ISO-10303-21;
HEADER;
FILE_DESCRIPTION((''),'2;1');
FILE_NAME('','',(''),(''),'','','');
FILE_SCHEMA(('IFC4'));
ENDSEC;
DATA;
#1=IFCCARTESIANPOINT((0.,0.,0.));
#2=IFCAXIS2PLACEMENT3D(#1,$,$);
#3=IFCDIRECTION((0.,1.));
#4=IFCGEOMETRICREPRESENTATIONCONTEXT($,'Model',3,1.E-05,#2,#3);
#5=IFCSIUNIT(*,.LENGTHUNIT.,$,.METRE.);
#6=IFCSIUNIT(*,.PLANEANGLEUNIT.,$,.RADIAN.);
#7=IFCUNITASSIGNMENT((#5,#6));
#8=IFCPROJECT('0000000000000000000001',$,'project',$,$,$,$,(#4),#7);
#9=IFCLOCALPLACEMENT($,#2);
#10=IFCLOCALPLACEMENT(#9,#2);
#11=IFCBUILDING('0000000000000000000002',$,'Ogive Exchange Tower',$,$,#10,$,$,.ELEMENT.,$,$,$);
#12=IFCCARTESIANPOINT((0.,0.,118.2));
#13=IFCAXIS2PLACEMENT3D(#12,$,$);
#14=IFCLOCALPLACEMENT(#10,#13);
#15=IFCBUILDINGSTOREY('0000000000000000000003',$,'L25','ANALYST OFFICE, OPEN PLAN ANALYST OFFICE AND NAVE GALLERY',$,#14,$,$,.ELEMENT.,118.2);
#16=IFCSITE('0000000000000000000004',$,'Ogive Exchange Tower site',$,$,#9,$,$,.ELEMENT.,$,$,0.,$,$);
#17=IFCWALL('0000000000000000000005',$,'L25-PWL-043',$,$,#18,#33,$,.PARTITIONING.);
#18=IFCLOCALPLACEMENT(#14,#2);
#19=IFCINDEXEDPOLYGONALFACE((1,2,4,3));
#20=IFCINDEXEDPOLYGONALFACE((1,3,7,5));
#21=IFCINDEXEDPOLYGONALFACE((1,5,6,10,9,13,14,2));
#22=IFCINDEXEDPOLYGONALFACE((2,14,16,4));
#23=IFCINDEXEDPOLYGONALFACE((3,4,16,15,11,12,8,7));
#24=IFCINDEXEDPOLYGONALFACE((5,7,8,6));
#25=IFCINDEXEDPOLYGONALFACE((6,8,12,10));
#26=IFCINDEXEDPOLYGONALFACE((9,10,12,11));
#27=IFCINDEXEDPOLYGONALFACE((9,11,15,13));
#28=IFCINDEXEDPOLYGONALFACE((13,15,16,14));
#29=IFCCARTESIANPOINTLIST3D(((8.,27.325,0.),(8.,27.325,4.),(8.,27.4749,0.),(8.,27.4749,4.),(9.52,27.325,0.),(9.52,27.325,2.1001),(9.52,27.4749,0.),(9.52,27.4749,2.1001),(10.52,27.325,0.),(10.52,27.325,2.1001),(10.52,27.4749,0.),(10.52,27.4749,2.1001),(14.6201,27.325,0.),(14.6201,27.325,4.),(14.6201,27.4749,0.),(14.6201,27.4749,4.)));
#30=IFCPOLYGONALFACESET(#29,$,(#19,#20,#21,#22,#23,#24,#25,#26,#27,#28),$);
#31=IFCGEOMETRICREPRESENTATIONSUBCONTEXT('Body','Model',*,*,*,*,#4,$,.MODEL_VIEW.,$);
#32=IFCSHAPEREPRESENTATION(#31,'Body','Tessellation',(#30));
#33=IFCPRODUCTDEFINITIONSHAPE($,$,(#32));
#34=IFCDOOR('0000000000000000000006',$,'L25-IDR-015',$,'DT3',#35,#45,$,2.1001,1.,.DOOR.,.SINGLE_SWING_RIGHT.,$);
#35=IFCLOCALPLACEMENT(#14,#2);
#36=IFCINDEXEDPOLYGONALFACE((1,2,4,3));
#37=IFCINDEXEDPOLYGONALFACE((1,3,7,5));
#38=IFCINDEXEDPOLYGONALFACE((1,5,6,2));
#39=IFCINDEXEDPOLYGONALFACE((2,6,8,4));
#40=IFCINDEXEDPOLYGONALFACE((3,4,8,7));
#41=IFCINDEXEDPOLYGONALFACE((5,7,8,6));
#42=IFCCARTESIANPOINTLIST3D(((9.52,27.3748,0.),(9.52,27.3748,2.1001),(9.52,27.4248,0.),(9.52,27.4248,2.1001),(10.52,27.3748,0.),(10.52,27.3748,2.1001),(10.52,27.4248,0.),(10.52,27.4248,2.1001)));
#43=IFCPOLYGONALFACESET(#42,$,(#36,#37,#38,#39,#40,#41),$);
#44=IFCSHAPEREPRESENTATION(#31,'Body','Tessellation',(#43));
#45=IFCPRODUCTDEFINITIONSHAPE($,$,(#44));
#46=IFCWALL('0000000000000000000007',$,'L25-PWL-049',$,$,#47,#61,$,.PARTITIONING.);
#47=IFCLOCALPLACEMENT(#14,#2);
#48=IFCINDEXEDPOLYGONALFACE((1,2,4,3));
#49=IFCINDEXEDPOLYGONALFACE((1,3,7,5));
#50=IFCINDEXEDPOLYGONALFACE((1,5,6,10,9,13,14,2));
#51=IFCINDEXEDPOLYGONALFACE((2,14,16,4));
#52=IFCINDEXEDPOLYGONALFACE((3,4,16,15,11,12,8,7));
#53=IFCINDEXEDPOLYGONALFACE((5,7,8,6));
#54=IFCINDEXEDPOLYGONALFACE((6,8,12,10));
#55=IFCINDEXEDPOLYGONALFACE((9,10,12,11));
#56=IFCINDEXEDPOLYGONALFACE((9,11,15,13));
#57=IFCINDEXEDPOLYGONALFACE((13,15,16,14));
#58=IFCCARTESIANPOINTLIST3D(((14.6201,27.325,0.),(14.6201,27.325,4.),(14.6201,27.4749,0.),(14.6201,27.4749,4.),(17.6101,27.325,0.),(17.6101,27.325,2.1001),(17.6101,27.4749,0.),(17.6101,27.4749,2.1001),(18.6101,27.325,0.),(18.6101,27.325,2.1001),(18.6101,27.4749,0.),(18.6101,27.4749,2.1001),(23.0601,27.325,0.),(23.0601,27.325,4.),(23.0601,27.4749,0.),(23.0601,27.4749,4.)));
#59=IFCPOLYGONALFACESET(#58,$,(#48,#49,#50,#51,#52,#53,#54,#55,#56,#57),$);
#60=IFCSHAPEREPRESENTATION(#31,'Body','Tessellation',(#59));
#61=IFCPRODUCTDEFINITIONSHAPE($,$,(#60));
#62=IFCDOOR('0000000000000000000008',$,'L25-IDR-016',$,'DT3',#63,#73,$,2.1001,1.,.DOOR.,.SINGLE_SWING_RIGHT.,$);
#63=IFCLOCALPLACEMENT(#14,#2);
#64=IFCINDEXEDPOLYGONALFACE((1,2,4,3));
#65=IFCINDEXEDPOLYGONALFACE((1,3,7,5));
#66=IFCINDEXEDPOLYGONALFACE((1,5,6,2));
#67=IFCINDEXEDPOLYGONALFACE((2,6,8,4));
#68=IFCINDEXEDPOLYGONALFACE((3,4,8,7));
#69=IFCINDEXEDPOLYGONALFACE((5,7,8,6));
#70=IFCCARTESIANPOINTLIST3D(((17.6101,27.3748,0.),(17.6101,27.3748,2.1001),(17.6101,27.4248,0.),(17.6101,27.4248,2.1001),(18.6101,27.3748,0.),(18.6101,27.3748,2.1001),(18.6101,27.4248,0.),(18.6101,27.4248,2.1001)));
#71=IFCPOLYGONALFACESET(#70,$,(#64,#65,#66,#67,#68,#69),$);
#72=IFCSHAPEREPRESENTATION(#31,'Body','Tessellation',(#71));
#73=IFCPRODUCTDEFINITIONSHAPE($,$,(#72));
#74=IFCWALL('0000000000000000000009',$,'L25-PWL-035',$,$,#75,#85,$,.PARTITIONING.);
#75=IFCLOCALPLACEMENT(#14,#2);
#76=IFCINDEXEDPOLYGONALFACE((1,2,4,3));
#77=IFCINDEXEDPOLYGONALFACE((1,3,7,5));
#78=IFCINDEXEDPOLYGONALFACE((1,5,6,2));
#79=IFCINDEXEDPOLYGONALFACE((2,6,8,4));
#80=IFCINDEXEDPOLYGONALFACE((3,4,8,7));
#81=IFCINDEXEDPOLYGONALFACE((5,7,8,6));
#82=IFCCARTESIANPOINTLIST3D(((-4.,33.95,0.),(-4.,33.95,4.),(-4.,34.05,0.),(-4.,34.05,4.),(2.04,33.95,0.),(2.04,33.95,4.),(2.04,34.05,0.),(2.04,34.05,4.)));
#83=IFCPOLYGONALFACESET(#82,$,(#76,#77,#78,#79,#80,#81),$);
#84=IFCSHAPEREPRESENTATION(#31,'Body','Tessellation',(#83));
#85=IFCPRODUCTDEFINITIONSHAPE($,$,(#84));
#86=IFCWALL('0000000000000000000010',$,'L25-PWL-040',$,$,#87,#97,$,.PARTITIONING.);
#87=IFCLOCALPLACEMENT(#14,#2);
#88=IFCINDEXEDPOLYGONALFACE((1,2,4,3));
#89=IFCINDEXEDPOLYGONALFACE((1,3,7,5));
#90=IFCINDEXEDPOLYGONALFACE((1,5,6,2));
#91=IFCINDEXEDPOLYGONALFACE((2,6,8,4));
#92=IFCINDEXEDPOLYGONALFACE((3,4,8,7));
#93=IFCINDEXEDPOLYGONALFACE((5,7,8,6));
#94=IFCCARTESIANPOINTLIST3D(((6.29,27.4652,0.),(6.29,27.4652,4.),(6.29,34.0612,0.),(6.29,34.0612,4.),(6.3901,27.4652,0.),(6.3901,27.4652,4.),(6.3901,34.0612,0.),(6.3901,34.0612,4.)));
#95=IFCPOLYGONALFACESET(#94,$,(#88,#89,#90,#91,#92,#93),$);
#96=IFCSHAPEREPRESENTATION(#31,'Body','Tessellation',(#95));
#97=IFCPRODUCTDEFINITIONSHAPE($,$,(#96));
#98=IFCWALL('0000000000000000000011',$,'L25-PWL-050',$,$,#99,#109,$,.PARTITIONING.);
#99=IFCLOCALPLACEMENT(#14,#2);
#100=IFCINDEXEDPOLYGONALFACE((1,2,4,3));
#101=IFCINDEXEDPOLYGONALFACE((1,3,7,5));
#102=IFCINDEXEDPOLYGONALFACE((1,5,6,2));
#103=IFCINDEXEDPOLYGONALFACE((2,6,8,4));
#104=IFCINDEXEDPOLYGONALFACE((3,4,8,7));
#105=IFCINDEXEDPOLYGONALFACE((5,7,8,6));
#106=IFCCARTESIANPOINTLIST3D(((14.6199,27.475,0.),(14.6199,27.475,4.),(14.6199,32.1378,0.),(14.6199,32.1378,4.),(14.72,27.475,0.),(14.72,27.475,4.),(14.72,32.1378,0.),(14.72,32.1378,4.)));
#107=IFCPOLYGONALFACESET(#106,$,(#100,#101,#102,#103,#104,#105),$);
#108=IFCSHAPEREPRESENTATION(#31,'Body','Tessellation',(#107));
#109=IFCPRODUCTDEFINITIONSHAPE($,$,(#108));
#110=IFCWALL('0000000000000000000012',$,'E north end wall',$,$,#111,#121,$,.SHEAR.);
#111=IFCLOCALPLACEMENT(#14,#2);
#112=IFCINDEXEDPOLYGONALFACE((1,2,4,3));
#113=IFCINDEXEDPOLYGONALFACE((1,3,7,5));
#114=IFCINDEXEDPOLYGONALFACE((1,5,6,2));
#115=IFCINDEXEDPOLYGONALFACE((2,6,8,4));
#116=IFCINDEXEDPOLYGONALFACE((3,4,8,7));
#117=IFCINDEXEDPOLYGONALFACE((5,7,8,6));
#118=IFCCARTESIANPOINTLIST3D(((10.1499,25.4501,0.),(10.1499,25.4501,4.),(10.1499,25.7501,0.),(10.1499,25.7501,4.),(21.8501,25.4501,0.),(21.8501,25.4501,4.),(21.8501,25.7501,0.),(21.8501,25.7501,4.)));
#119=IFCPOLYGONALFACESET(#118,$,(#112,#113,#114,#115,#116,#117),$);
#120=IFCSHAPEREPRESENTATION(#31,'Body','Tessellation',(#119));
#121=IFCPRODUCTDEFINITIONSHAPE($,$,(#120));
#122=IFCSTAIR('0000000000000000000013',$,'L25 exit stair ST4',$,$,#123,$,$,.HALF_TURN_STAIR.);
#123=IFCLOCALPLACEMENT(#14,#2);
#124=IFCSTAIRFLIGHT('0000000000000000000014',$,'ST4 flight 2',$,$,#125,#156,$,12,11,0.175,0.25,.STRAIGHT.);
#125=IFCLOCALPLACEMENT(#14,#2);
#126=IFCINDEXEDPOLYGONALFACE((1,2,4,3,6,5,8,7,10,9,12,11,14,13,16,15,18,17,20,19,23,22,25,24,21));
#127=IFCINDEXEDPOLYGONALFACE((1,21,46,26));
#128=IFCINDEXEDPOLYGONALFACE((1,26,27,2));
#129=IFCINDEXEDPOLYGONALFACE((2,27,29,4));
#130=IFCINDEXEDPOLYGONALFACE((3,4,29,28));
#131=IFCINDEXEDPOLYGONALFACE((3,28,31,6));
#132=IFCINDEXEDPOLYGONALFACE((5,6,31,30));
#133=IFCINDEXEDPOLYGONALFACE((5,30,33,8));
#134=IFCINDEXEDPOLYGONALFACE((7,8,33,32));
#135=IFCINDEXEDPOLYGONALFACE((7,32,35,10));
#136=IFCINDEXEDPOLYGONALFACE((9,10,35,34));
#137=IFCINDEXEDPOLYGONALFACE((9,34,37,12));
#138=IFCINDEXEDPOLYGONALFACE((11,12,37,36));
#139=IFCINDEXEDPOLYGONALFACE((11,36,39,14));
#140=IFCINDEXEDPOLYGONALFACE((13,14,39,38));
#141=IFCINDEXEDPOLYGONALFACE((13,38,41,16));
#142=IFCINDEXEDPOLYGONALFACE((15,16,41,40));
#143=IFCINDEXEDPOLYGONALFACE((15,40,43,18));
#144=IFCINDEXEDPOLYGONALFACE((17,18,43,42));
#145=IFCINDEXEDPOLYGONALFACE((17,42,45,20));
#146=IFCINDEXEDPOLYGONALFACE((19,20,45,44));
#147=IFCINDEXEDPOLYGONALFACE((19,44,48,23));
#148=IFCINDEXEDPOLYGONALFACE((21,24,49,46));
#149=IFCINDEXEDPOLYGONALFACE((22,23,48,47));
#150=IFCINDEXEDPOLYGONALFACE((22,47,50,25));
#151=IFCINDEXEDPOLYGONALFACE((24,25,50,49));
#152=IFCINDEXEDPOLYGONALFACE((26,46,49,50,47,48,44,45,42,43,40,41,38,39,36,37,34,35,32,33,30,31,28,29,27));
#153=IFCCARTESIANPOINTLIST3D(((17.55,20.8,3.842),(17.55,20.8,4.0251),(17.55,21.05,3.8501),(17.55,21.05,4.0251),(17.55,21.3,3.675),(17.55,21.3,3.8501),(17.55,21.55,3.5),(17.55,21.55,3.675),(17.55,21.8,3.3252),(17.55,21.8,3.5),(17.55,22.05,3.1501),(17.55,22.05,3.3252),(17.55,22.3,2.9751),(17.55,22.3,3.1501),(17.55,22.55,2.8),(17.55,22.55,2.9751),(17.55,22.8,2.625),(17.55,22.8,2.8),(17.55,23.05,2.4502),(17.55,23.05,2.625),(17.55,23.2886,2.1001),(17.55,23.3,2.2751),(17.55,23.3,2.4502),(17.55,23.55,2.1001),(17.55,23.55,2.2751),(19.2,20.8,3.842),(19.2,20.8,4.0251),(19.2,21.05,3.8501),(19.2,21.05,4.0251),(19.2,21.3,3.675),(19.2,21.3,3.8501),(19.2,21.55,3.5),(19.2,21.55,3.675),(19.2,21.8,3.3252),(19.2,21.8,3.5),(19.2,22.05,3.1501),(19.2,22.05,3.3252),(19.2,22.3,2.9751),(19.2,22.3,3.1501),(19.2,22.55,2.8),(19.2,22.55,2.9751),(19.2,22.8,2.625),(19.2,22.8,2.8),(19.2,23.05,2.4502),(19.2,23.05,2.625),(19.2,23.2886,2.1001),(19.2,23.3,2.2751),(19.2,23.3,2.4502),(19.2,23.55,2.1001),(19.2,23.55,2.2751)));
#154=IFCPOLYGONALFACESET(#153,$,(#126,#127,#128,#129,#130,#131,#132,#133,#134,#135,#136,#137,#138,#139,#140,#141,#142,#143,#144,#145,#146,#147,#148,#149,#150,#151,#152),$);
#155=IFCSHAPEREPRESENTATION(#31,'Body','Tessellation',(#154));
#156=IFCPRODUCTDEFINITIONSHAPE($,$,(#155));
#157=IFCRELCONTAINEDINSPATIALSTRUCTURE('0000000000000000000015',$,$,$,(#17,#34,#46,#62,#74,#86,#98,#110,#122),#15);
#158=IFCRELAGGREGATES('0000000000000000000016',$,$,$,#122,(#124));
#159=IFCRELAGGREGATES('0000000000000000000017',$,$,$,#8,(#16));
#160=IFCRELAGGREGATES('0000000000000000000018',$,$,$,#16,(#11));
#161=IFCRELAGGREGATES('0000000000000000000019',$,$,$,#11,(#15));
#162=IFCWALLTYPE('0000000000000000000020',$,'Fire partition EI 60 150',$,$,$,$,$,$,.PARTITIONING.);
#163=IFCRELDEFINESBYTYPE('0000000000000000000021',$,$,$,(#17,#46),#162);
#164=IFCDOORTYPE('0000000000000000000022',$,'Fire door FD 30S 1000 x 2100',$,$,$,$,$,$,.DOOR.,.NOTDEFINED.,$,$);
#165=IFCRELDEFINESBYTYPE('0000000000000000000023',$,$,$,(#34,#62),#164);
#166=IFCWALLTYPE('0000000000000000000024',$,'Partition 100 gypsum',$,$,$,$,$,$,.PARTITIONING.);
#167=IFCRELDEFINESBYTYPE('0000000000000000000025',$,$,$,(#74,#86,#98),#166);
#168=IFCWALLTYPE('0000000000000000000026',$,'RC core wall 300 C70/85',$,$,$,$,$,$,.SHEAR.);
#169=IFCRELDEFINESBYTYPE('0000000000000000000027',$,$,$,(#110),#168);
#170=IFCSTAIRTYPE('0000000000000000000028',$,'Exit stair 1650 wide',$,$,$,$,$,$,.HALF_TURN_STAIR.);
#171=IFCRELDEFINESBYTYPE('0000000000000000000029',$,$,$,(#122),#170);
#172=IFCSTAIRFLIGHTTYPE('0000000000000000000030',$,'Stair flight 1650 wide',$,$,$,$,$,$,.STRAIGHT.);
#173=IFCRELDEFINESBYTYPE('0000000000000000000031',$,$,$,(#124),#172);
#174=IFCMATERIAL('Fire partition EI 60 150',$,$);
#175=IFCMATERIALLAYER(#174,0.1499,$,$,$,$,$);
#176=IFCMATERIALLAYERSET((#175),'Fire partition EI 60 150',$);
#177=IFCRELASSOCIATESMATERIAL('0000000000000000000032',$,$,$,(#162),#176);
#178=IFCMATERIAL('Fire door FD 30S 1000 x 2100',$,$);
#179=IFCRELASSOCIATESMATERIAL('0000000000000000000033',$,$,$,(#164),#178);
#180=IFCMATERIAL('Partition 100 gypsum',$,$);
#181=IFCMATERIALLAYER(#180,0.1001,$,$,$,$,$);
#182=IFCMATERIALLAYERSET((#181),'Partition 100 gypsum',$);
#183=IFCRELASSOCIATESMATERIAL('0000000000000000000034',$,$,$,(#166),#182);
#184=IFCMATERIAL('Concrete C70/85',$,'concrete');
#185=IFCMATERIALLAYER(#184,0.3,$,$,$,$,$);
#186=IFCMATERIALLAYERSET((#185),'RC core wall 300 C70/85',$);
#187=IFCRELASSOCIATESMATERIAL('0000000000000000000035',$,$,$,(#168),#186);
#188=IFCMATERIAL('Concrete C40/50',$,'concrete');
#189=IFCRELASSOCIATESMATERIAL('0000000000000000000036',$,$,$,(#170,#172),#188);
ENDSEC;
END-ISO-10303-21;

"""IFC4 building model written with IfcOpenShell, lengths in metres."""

from ifc_helpers import new_model, si_unit, direction, frame, frame_2d, origin, place, context, subcontext, project, spatial, polyline, rectangle, outline, extrude, material, layer, layer_set, type_object, element, fill, aggregate, save


model = new_model("IFC4")

# Units and contexts
model_context = context("Model", 3, precision=1e-05, world=origin(), true_north=direction((0.0, 1.0)))
body_context = subcontext(model_context, "Body", "Model", "MODEL_VIEW")
ifc_project = project(units=[si_unit("LENGTHUNIT", "METRE"), si_unit("PLANEANGLEUNIT", "RADIAN")], contexts=[model_context])

# Site, building, storey
site_placement = place(None, origin())
site = spatial("IfcSite", under=ifc_project, at=site_placement, Name="Ogive Exchange Tower site", CompositionType="ELEMENT", RefElevation=0.0)
building_placement = place(site_placement, origin())
building = spatial("IfcBuilding", under=site, at=building_placement, Name="Ogive Exchange Tower", CompositionType="ELEMENT")
storey_placement = place(building_placement, frame((0.0, 0.0, 118.2)))
storey = spatial("IfcBuildingStorey", under=building, at=storey_placement, Name="L25", Description="ANALYST OFFICE, OPEN PLAN ANALYST OFFICE AND NAVE GALLERY", CompositionType="ELEMENT", Elevation=118.2)

# Shared definitions
ifc_material_1 = material(Name="Fire partition EI 60 150")
ifc_layer_1 = layer(ifc_material_1, 0.1499)
ifc_layer_set_1 = layer_set([ifc_layer_1], Name="Fire partition EI 60 150")
wall_type_1 = type_object("IfcWallType", Name="Fire partition EI 60 150", PredefinedType="PARTITIONING", material=ifc_layer_set_1)

# Walls, openings, doors
wall_1_placement = place(storey_placement, frame((8.0, 27.3999, 0.0), z_axis=(0.0, 0.0, 1.0), x_axis=(1.0, 0.0, 0.0)))
wall_1 = element("IfcWall", 1, at=wall_1_placement, inside=storey, type_object=wall_type_1, Name="L25-PWL-043", PredefinedType="PARTITIONING", context=body_context, shape_type="SweptSolid", body=[
    extrude(rectangle(XDim=6.6201, YDim=0.1499, at=frame_2d((3.3101, 0.0))), origin(), (0.0, 0.0, 1.0), 4.0),
])
opening_1_placement = place(wall_1_placement, frame((1.52, 0.0, 0.0)))
opening_1 = element("IfcOpeningElement", 2, at=opening_1_placement, cuts=wall_1, PredefinedType="OPENING", context=body_context, shape_type="SweptSolid", body=[
    extrude(rectangle(XDim=1.0, YDim=2.1001, at=frame_2d((0.5, 1.05))), frame((0.0, 0.085, 0.0), z_axis=(0.0, -1.0, 0.0), x_axis=(1.0, 0.0, 0.0)), (0.0, 0.0, 1.0), 0.1699),
])
ifc_material_2 = material(Name="Fire door FD 30S 1000 x 2100")
door_type = type_object("IfcDoorType", Name="Fire door FD 30S 1000 x 2100", OperationType="NOTDEFINED", PredefinedType="DOOR", material=ifc_material_2)
door_1_placement = place(opening_1_placement, origin())
door_1 = element("IfcDoor", 3, at=door_1_placement, inside=storey, type_object=door_type, Name="L25-IDR-015", ObjectType="DT3", OperationType="SINGLE_SWING_RIGHT", OverallHeight=2.1001, OverallWidth=1.0, PredefinedType="DOOR", context=body_context, shape_type="SweptSolid", body=[
    extrude(rectangle(XDim=1.0, YDim=2.1001, at=frame_2d((0.5, 1.05))), frame((0.0, 0.0249, 0.0), z_axis=(0.0, -1.0, 0.0), x_axis=(1.0, 0.0, 0.0)), (0.0, 0.0, 1.0), 0.05),
])
fill(opening_1, door_1)
wall_2_placement = place(storey_placement, frame((14.6201, 27.3999, 0.0), z_axis=(0.0, 0.0, 1.0), x_axis=(1.0, 0.0, 0.0)))
wall_2 = element("IfcWall", 4, at=wall_2_placement, inside=storey, type_object=wall_type_1, Name="L25-PWL-049", PredefinedType="PARTITIONING", context=body_context, shape_type="SweptSolid", body=[
    extrude(rectangle(XDim=8.4399, YDim=0.1499, at=frame_2d((4.22, 0.0))), origin(), (0.0, 0.0, 1.0), 4.0),
])
opening_2_placement = place(wall_2_placement, frame((2.99, 0.0, 0.0)))
opening_2 = element("IfcOpeningElement", 5, at=opening_2_placement, cuts=wall_2, PredefinedType="OPENING", context=body_context, shape_type="SweptSolid", body=[
    extrude(rectangle(XDim=1.0, YDim=2.1001, at=frame_2d((0.5, 1.05))), frame((0.0, 0.085, 0.0), z_axis=(0.0, -1.0, 0.0), x_axis=(1.0, 0.0, 0.0)), (0.0, 0.0, 1.0), 0.1699),
])
door_2_placement = place(opening_2_placement, origin())
door_2 = element("IfcDoor", 6, at=door_2_placement, inside=storey, type_object=door_type, Name="L25-IDR-016", ObjectType="DT3", OperationType="SINGLE_SWING_RIGHT", OverallHeight=2.1001, OverallWidth=1.0, PredefinedType="DOOR", context=body_context, shape_type="SweptSolid", body=[
    extrude(rectangle(XDim=1.0, YDim=2.1001, at=frame_2d((0.5, 1.05))), frame((0.0, 0.0249, 0.0), z_axis=(0.0, -1.0, 0.0), x_axis=(1.0, 0.0, 0.0)), (0.0, 0.0, 1.0), 0.05),
])
fill(opening_2, door_2)

# Walls
ifc_material_3 = material(Name="Partition 100 gypsum")
ifc_layer_2 = layer(ifc_material_3, 0.1001)
ifc_layer_set_2 = layer_set([ifc_layer_2], Name="Partition 100 gypsum")
wall_type_2 = type_object("IfcWallType", Name="Partition 100 gypsum", PredefinedType="PARTITIONING", material=ifc_layer_set_2)
wall_3_placement = place(storey_placement, frame((2.04, 34.0, 0.0), z_axis=(0.0, 0.0, 1.0), x_axis=(-1.0, 0.0, 0.0)))
element("IfcWall", 7, at=wall_3_placement, inside=storey, type_object=wall_type_2, Name="L25-PWL-035", PredefinedType="PARTITIONING", context=body_context, shape_type="SweptSolid", body=[
    extrude(rectangle(XDim=6.04, YDim=0.1001, at=frame_2d((3.02, 0.0))), origin(), (0.0, 0.0, 1.0), 4.0),
])
wall_4_placement = place(storey_placement, frame((6.3401, 34.061, 0.0), z_axis=(0.0, 0.0, 1.0), x_axis=(0.0, -1.0, 0.0)))
element("IfcWall", 8, at=wall_4_placement, inside=storey, type_object=wall_type_2, Name="L25-PWL-040", PredefinedType="PARTITIONING", context=body_context, shape_type="SweptSolid", body=[
    extrude(rectangle(XDim=6.5959, YDim=0.1001, at=frame_2d((3.2979, 0.0))), origin(), (0.0, 0.0, 1.0), 4.0),
])
wall_5_placement = place(storey_placement, frame((14.6699, 32.1379, 0.0), z_axis=(0.0, 0.0, 1.0), x_axis=(0.0, -1.0, 0.0)))
element("IfcWall", 9, at=wall_5_placement, inside=storey, type_object=wall_type_2, Name="L25-PWL-050", PredefinedType="PARTITIONING", context=body_context, shape_type="SweptSolid", body=[
    extrude(rectangle(XDim=4.6628, YDim=0.1001, at=frame_2d((2.3315, 0.0))), origin(), (0.0, 0.0, 1.0), 4.0),
])
ifc_material_4 = material(Name="Concrete C70/85", Category="concrete")
ifc_layer_3 = layer(ifc_material_4, 0.3)
ifc_layer_set_3 = layer_set([ifc_layer_3], Name="RC core wall 300 C70/85")
wall_type_3 = type_object("IfcWallType", Name="RC core wall 300 C70/85", PredefinedType="SHEAR", material=ifc_layer_set_3)
wall_6_placement = place(storey_placement, frame((10.1499, 25.6001, 0.0), z_axis=(0.0, 0.0, 1.0), x_axis=(1.0, 0.0, 0.0)))
element("IfcWall", 10, at=wall_6_placement, inside=storey, type_object=wall_type_3, Name="E north end wall", PredefinedType="SHEAR", context=body_context, shape_type="SweptSolid", body=[
    extrude(rectangle(XDim=11.7002, YDim=0.3, at=frame_2d((5.8501, 0.0))), origin(), (0.0, 0.0, 1.0), 4.0),
])

# Stair, stair flight
ifc_material_5 = material(Name="Concrete C40/50", Category="concrete")
stair_type = type_object("IfcStairType", Name="Exit stair 1650 wide", PredefinedType="HALF_TURN_STAIR", material=ifc_material_5)
stair_placement = place(storey_placement, origin())
stair = element("IfcStair", 11, at=stair_placement, inside=storey, type_object=stair_type, Name="L25 exit stair ST4", PredefinedType="HALF_TURN_STAIR")
stair_flight_type = type_object("IfcStairFlightType", Name="Stair flight 1650 wide", PredefinedType="STRAIGHT", material=ifc_material_5)
stair_flight_placement = place(storey_placement, frame((18.375, 23.55, 2.1001), z_axis=(0.0, 0.0, 1.0), x_axis=(0.0, -1.0, 0.0)))
stair_flight = element("IfcStairFlight", 12, at=stair_flight_placement, type_object=stair_flight_type, Name="ST4 flight 2", NumberOfRisers=12, NumberOfTreads=11, PredefinedType="STRAIGHT", RiserHeight=0.175, TreadLength=0.25, context=body_context, shape_type="SweptSolid", body=[
    extrude(outline(polyline([(0.0, 0.0), (0.0, 0.175), (0.25, 0.175), (0.25, 0.3501), (0.5, 0.3501), (0.5, 0.5249), (0.75, 0.5249), (0.75, 0.7), (1.0, 0.7), (1.0, 0.875), (1.25, 0.875), (1.25, 1.05), (1.5, 1.05), (1.5, 1.2251), (1.75, 1.2251), (1.75, 1.3999), (2.0, 1.3999), (2.0, 1.575), (2.25, 1.575), (2.25, 1.75), (2.5, 1.75), (2.5, 1.925), (2.75, 1.925), (2.75, 2.1001), (2.75, 1.7419), (0.2615, 0.0), (0.0, 0.0)])), frame((0.0, 0.825, 0.0), z_axis=(0.0, -1.0, 0.0), x_axis=(1.0, 0.0, 0.0)), (0.0, 0.0, 1.0), 1.6499),
])
aggregate(stair, [stair_flight])

save(model, "model.ifc")
